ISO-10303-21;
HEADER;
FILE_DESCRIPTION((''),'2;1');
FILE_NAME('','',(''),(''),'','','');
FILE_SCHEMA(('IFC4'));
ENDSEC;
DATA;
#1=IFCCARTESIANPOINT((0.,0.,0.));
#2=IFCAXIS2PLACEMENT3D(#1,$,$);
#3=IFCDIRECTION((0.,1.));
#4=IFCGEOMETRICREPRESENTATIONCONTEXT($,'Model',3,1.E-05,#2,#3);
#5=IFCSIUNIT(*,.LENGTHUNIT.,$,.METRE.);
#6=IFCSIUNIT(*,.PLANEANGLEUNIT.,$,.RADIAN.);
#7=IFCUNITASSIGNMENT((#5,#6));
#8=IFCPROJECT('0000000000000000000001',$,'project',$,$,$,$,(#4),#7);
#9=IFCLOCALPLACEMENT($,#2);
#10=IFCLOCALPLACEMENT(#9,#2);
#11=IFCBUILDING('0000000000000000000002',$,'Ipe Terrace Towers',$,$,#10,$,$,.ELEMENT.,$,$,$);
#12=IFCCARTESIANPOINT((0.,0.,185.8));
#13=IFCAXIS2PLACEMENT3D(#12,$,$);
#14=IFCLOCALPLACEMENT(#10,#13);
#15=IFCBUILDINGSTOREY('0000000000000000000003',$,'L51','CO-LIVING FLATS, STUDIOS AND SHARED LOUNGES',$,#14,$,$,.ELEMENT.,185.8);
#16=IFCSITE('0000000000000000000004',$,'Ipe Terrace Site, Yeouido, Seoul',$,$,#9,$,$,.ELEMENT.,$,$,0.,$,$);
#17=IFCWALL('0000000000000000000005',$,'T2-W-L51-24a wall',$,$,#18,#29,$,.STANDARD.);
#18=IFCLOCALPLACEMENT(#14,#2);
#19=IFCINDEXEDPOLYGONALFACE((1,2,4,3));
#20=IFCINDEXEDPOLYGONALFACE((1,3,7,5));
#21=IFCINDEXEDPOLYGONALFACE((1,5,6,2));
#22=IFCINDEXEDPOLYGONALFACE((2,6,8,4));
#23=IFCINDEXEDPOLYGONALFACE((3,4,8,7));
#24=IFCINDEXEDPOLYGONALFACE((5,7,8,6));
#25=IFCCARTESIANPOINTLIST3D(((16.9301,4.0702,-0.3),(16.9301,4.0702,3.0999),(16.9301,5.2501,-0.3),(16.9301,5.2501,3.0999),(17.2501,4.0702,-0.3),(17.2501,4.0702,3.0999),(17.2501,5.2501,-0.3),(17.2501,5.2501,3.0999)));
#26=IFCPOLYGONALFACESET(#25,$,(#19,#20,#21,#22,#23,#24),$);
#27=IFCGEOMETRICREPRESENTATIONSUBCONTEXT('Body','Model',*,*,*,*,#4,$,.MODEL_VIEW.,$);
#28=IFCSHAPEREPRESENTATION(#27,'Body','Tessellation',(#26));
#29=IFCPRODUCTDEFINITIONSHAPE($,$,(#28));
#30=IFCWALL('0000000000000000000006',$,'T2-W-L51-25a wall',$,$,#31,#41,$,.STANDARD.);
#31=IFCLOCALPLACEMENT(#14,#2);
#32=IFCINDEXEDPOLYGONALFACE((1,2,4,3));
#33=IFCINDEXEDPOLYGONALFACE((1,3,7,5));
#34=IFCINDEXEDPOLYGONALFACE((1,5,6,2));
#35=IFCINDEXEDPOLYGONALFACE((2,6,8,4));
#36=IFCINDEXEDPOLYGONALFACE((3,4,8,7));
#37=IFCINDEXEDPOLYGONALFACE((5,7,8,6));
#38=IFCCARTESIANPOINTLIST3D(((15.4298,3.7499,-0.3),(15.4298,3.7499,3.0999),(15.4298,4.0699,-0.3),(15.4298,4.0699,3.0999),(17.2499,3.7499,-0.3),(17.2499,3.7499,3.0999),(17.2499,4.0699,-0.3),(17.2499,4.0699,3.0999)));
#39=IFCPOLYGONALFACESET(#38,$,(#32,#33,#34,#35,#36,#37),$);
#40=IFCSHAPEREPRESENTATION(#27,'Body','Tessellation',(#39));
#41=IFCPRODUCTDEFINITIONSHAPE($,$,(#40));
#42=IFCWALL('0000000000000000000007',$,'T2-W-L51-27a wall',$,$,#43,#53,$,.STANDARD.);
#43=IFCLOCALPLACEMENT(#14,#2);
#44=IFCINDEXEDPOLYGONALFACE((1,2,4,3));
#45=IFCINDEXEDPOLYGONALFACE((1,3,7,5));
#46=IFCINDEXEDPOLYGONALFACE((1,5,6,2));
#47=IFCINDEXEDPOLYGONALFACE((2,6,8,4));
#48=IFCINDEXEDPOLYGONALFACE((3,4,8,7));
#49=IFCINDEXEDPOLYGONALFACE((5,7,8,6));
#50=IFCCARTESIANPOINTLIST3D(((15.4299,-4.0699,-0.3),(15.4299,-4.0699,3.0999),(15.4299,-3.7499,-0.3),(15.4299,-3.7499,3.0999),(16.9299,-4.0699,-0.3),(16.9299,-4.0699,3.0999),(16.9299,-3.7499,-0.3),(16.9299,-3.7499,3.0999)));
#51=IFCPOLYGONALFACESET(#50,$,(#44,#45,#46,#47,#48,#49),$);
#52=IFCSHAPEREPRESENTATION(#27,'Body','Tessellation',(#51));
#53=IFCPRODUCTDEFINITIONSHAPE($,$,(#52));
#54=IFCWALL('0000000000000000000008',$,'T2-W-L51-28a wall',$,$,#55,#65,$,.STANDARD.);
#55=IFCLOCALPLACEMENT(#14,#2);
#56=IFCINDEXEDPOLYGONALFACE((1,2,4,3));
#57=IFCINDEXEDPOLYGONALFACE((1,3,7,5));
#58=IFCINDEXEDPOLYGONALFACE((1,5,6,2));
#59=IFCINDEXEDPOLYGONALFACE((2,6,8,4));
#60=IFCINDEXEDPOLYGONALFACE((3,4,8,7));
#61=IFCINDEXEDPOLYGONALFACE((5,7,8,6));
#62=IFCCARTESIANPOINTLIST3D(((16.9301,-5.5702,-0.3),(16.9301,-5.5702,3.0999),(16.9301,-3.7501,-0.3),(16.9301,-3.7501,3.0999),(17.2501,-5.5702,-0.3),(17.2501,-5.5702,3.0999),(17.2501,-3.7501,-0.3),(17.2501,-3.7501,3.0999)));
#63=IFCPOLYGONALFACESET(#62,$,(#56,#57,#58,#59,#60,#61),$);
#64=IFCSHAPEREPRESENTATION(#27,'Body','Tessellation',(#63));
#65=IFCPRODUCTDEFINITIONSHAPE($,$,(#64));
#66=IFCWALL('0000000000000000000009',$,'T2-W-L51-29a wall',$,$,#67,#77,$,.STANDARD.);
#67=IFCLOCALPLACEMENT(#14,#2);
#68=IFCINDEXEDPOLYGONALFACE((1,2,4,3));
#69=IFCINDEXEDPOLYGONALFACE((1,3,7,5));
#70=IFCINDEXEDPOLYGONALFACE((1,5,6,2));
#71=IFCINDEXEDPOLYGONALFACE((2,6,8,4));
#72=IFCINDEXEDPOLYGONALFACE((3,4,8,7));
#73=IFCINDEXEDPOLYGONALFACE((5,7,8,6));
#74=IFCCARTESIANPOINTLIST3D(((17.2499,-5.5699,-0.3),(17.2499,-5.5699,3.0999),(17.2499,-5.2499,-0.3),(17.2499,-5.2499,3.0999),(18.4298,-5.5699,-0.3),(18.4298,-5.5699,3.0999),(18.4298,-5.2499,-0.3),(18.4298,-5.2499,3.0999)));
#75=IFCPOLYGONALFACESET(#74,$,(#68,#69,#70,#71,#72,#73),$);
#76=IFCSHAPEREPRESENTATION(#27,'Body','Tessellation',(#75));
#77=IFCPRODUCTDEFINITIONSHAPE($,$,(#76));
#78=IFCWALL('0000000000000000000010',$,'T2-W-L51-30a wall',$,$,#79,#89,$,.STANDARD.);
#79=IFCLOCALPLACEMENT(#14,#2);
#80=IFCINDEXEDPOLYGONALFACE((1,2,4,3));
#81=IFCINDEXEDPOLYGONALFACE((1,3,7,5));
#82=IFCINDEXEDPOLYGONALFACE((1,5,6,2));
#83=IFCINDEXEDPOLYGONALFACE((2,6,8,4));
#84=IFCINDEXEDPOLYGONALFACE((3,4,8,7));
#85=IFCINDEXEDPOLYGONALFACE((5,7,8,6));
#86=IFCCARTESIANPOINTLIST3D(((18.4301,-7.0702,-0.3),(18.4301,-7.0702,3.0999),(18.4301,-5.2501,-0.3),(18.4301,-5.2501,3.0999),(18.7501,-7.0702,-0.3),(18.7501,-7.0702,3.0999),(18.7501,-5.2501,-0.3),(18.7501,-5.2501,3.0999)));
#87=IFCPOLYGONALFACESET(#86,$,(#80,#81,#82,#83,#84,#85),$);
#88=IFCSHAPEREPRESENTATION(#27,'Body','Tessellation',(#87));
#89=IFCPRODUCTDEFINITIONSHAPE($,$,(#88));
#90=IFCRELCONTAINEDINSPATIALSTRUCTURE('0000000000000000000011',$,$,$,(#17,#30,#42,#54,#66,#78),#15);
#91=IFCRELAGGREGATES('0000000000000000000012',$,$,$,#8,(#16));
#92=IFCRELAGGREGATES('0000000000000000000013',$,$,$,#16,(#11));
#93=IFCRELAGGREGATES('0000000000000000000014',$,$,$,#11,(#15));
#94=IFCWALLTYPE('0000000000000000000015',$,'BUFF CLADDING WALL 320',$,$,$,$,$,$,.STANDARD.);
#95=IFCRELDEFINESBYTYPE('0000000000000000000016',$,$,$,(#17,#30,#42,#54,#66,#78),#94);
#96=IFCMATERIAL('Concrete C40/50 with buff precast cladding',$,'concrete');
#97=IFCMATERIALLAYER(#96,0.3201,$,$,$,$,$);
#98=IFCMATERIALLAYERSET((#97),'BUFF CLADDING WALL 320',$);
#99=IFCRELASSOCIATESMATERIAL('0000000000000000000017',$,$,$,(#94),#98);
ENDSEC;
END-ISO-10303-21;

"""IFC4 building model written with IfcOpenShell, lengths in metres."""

from ifc_helpers import new_model, si_unit, direction, frame, frame_2d, origin, place, context, subcontext, project, spatial, rectangle, extrude, material, layer, layer_set, type_object, element, save


model = new_model("IFC4")

# Units and contexts
model_context = context("Model", 3, precision=1e-05, world=origin(), true_north=direction((0.0, 1.0)))
body_context = subcontext(model_context, "Body", "Model", "MODEL_VIEW")
ifc_project = project(units=[si_unit("LENGTHUNIT", "METRE"), si_unit("PLANEANGLEUNIT", "RADIAN")], contexts=[model_context])

# Site, building, storey
site_placement = place(None, origin())
site = spatial("IfcSite", under=ifc_project, at=site_placement, Name="Ipe Terrace Site, Yeouido, Seoul", CompositionType="ELEMENT", RefElevation=0.0)
building_placement = place(site_placement, origin())
building = spatial("IfcBuilding", under=site, at=building_placement, Name="Ipe Terrace Towers", CompositionType="ELEMENT")
storey_placement = place(building_placement, frame((0.0, 0.0, 185.8)))
storey = spatial("IfcBuildingStorey", under=building, at=storey_placement, Name="L51", Description="CO-LIVING FLATS, STUDIOS AND SHARED LOUNGES", CompositionType="ELEMENT", Elevation=185.8)

# Walls
ifc_material_1 = material(Name="Concrete C40/50 with buff precast cladding", Category="concrete")
ifc_layer_1 = layer(ifc_material_1, 0.3201)
ifc_layer_set_1 = layer_set([ifc_layer_1], Name="BUFF CLADDING WALL 320")
wall_type = type_object("IfcWallType", Name="BUFF CLADDING WALL 320", PredefinedType="STANDARD", material=ifc_layer_set_1)
wall_1_placement = place(storey_placement, frame((17.0901, 5.25, -0.3), z_axis=(0.0, 0.0, 1.0), x_axis=(0.0, -1.0, 0.0)))
element("IfcWall", 1, at=wall_1_placement, inside=storey, type_object=wall_type, Name="T2-W-L51-24a wall", PredefinedType="STANDARD", context=body_context, shape_type="SweptSolid", body=[
    extrude(rectangle(XDim=1.1799, YDim=0.3201, at=frame_2d((0.5898, 0.0))), origin(), (0.0, 0.0, 1.0), 3.3999),
])
wall_2_placement = place(storey_placement, frame((17.25, 3.9099, -0.3), z_axis=(0.0, 0.0, 1.0), x_axis=(-1.0, 0.0, 0.0)))
element("IfcWall", 2, at=wall_2_placement, inside=storey, type_object=wall_type, Name="T2-W-L51-25a wall", PredefinedType="STANDARD", context=body_context, shape_type="SweptSolid", body=[
    extrude(rectangle(XDim=1.8201, YDim=0.3201, at=frame_2d((0.9102, 0.0))), origin(), (0.0, 0.0, 1.0), 3.3999),
])
wall_3_placement = place(storey_placement, frame((15.4299, -3.9099, -0.3), z_axis=(0.0, 0.0, 1.0), x_axis=(1.0, 0.0, 0.0)))
element("IfcWall", 3, at=wall_3_placement, inside=storey, type_object=wall_type, Name="T2-W-L51-27a wall", PredefinedType="STANDARD", context=body_context, shape_type="SweptSolid", body=[
    extrude(rectangle(XDim=1.5, YDim=0.3201, at=frame_2d((0.75, 0.0))), origin(), (0.0, 0.0, 1.0), 3.3999),
])
wall_4_placement = place(storey_placement, frame((17.0901, -3.75, -0.3), z_axis=(0.0, 0.0, 1.0), x_axis=(0.0, -1.0, 0.0)))
element("IfcWall", 4, at=wall_4_placement, inside=storey, type_object=wall_type, Name="T2-W-L51-28a wall", PredefinedType="STANDARD", context=body_context, shape_type="SweptSolid", body=[
    extrude(rectangle(XDim=1.8201, YDim=0.3201, at=frame_2d((0.9102, 0.0))), origin(), (0.0, 0.0, 1.0), 3.3999),
])
wall_5_placement = place(storey_placement, frame((17.25, -5.4099, -0.3), z_axis=(0.0, 0.0, 1.0), x_axis=(1.0, 0.0, 0.0)))
element("IfcWall", 5, at=wall_5_placement, inside=storey, type_object=wall_type, Name="T2-W-L51-29a wall", PredefinedType="STANDARD", context=body_context, shape_type="SweptSolid", body=[
    extrude(rectangle(XDim=1.1799, YDim=0.3201, at=frame_2d((0.5898, 0.0))), origin(), (0.0, 0.0, 1.0), 3.3999),
])
wall_6_placement = place(storey_placement, frame((18.5901, -5.25, -0.3), z_axis=(0.0, 0.0, 1.0), x_axis=(0.0, -1.0, 0.0)))
element("IfcWall", 6, at=wall_6_placement, inside=storey, type_object=wall_type, Name="T2-W-L51-30a wall", PredefinedType="STANDARD", context=body_context, shape_type="SweptSolid", body=[
    extrude(rectangle(XDim=1.8201, YDim=0.3201, at=frame_2d((0.9102, 0.0))), origin(), (0.0, 0.0, 1.0), 3.3999),
])

save(model, "model.ifc")
